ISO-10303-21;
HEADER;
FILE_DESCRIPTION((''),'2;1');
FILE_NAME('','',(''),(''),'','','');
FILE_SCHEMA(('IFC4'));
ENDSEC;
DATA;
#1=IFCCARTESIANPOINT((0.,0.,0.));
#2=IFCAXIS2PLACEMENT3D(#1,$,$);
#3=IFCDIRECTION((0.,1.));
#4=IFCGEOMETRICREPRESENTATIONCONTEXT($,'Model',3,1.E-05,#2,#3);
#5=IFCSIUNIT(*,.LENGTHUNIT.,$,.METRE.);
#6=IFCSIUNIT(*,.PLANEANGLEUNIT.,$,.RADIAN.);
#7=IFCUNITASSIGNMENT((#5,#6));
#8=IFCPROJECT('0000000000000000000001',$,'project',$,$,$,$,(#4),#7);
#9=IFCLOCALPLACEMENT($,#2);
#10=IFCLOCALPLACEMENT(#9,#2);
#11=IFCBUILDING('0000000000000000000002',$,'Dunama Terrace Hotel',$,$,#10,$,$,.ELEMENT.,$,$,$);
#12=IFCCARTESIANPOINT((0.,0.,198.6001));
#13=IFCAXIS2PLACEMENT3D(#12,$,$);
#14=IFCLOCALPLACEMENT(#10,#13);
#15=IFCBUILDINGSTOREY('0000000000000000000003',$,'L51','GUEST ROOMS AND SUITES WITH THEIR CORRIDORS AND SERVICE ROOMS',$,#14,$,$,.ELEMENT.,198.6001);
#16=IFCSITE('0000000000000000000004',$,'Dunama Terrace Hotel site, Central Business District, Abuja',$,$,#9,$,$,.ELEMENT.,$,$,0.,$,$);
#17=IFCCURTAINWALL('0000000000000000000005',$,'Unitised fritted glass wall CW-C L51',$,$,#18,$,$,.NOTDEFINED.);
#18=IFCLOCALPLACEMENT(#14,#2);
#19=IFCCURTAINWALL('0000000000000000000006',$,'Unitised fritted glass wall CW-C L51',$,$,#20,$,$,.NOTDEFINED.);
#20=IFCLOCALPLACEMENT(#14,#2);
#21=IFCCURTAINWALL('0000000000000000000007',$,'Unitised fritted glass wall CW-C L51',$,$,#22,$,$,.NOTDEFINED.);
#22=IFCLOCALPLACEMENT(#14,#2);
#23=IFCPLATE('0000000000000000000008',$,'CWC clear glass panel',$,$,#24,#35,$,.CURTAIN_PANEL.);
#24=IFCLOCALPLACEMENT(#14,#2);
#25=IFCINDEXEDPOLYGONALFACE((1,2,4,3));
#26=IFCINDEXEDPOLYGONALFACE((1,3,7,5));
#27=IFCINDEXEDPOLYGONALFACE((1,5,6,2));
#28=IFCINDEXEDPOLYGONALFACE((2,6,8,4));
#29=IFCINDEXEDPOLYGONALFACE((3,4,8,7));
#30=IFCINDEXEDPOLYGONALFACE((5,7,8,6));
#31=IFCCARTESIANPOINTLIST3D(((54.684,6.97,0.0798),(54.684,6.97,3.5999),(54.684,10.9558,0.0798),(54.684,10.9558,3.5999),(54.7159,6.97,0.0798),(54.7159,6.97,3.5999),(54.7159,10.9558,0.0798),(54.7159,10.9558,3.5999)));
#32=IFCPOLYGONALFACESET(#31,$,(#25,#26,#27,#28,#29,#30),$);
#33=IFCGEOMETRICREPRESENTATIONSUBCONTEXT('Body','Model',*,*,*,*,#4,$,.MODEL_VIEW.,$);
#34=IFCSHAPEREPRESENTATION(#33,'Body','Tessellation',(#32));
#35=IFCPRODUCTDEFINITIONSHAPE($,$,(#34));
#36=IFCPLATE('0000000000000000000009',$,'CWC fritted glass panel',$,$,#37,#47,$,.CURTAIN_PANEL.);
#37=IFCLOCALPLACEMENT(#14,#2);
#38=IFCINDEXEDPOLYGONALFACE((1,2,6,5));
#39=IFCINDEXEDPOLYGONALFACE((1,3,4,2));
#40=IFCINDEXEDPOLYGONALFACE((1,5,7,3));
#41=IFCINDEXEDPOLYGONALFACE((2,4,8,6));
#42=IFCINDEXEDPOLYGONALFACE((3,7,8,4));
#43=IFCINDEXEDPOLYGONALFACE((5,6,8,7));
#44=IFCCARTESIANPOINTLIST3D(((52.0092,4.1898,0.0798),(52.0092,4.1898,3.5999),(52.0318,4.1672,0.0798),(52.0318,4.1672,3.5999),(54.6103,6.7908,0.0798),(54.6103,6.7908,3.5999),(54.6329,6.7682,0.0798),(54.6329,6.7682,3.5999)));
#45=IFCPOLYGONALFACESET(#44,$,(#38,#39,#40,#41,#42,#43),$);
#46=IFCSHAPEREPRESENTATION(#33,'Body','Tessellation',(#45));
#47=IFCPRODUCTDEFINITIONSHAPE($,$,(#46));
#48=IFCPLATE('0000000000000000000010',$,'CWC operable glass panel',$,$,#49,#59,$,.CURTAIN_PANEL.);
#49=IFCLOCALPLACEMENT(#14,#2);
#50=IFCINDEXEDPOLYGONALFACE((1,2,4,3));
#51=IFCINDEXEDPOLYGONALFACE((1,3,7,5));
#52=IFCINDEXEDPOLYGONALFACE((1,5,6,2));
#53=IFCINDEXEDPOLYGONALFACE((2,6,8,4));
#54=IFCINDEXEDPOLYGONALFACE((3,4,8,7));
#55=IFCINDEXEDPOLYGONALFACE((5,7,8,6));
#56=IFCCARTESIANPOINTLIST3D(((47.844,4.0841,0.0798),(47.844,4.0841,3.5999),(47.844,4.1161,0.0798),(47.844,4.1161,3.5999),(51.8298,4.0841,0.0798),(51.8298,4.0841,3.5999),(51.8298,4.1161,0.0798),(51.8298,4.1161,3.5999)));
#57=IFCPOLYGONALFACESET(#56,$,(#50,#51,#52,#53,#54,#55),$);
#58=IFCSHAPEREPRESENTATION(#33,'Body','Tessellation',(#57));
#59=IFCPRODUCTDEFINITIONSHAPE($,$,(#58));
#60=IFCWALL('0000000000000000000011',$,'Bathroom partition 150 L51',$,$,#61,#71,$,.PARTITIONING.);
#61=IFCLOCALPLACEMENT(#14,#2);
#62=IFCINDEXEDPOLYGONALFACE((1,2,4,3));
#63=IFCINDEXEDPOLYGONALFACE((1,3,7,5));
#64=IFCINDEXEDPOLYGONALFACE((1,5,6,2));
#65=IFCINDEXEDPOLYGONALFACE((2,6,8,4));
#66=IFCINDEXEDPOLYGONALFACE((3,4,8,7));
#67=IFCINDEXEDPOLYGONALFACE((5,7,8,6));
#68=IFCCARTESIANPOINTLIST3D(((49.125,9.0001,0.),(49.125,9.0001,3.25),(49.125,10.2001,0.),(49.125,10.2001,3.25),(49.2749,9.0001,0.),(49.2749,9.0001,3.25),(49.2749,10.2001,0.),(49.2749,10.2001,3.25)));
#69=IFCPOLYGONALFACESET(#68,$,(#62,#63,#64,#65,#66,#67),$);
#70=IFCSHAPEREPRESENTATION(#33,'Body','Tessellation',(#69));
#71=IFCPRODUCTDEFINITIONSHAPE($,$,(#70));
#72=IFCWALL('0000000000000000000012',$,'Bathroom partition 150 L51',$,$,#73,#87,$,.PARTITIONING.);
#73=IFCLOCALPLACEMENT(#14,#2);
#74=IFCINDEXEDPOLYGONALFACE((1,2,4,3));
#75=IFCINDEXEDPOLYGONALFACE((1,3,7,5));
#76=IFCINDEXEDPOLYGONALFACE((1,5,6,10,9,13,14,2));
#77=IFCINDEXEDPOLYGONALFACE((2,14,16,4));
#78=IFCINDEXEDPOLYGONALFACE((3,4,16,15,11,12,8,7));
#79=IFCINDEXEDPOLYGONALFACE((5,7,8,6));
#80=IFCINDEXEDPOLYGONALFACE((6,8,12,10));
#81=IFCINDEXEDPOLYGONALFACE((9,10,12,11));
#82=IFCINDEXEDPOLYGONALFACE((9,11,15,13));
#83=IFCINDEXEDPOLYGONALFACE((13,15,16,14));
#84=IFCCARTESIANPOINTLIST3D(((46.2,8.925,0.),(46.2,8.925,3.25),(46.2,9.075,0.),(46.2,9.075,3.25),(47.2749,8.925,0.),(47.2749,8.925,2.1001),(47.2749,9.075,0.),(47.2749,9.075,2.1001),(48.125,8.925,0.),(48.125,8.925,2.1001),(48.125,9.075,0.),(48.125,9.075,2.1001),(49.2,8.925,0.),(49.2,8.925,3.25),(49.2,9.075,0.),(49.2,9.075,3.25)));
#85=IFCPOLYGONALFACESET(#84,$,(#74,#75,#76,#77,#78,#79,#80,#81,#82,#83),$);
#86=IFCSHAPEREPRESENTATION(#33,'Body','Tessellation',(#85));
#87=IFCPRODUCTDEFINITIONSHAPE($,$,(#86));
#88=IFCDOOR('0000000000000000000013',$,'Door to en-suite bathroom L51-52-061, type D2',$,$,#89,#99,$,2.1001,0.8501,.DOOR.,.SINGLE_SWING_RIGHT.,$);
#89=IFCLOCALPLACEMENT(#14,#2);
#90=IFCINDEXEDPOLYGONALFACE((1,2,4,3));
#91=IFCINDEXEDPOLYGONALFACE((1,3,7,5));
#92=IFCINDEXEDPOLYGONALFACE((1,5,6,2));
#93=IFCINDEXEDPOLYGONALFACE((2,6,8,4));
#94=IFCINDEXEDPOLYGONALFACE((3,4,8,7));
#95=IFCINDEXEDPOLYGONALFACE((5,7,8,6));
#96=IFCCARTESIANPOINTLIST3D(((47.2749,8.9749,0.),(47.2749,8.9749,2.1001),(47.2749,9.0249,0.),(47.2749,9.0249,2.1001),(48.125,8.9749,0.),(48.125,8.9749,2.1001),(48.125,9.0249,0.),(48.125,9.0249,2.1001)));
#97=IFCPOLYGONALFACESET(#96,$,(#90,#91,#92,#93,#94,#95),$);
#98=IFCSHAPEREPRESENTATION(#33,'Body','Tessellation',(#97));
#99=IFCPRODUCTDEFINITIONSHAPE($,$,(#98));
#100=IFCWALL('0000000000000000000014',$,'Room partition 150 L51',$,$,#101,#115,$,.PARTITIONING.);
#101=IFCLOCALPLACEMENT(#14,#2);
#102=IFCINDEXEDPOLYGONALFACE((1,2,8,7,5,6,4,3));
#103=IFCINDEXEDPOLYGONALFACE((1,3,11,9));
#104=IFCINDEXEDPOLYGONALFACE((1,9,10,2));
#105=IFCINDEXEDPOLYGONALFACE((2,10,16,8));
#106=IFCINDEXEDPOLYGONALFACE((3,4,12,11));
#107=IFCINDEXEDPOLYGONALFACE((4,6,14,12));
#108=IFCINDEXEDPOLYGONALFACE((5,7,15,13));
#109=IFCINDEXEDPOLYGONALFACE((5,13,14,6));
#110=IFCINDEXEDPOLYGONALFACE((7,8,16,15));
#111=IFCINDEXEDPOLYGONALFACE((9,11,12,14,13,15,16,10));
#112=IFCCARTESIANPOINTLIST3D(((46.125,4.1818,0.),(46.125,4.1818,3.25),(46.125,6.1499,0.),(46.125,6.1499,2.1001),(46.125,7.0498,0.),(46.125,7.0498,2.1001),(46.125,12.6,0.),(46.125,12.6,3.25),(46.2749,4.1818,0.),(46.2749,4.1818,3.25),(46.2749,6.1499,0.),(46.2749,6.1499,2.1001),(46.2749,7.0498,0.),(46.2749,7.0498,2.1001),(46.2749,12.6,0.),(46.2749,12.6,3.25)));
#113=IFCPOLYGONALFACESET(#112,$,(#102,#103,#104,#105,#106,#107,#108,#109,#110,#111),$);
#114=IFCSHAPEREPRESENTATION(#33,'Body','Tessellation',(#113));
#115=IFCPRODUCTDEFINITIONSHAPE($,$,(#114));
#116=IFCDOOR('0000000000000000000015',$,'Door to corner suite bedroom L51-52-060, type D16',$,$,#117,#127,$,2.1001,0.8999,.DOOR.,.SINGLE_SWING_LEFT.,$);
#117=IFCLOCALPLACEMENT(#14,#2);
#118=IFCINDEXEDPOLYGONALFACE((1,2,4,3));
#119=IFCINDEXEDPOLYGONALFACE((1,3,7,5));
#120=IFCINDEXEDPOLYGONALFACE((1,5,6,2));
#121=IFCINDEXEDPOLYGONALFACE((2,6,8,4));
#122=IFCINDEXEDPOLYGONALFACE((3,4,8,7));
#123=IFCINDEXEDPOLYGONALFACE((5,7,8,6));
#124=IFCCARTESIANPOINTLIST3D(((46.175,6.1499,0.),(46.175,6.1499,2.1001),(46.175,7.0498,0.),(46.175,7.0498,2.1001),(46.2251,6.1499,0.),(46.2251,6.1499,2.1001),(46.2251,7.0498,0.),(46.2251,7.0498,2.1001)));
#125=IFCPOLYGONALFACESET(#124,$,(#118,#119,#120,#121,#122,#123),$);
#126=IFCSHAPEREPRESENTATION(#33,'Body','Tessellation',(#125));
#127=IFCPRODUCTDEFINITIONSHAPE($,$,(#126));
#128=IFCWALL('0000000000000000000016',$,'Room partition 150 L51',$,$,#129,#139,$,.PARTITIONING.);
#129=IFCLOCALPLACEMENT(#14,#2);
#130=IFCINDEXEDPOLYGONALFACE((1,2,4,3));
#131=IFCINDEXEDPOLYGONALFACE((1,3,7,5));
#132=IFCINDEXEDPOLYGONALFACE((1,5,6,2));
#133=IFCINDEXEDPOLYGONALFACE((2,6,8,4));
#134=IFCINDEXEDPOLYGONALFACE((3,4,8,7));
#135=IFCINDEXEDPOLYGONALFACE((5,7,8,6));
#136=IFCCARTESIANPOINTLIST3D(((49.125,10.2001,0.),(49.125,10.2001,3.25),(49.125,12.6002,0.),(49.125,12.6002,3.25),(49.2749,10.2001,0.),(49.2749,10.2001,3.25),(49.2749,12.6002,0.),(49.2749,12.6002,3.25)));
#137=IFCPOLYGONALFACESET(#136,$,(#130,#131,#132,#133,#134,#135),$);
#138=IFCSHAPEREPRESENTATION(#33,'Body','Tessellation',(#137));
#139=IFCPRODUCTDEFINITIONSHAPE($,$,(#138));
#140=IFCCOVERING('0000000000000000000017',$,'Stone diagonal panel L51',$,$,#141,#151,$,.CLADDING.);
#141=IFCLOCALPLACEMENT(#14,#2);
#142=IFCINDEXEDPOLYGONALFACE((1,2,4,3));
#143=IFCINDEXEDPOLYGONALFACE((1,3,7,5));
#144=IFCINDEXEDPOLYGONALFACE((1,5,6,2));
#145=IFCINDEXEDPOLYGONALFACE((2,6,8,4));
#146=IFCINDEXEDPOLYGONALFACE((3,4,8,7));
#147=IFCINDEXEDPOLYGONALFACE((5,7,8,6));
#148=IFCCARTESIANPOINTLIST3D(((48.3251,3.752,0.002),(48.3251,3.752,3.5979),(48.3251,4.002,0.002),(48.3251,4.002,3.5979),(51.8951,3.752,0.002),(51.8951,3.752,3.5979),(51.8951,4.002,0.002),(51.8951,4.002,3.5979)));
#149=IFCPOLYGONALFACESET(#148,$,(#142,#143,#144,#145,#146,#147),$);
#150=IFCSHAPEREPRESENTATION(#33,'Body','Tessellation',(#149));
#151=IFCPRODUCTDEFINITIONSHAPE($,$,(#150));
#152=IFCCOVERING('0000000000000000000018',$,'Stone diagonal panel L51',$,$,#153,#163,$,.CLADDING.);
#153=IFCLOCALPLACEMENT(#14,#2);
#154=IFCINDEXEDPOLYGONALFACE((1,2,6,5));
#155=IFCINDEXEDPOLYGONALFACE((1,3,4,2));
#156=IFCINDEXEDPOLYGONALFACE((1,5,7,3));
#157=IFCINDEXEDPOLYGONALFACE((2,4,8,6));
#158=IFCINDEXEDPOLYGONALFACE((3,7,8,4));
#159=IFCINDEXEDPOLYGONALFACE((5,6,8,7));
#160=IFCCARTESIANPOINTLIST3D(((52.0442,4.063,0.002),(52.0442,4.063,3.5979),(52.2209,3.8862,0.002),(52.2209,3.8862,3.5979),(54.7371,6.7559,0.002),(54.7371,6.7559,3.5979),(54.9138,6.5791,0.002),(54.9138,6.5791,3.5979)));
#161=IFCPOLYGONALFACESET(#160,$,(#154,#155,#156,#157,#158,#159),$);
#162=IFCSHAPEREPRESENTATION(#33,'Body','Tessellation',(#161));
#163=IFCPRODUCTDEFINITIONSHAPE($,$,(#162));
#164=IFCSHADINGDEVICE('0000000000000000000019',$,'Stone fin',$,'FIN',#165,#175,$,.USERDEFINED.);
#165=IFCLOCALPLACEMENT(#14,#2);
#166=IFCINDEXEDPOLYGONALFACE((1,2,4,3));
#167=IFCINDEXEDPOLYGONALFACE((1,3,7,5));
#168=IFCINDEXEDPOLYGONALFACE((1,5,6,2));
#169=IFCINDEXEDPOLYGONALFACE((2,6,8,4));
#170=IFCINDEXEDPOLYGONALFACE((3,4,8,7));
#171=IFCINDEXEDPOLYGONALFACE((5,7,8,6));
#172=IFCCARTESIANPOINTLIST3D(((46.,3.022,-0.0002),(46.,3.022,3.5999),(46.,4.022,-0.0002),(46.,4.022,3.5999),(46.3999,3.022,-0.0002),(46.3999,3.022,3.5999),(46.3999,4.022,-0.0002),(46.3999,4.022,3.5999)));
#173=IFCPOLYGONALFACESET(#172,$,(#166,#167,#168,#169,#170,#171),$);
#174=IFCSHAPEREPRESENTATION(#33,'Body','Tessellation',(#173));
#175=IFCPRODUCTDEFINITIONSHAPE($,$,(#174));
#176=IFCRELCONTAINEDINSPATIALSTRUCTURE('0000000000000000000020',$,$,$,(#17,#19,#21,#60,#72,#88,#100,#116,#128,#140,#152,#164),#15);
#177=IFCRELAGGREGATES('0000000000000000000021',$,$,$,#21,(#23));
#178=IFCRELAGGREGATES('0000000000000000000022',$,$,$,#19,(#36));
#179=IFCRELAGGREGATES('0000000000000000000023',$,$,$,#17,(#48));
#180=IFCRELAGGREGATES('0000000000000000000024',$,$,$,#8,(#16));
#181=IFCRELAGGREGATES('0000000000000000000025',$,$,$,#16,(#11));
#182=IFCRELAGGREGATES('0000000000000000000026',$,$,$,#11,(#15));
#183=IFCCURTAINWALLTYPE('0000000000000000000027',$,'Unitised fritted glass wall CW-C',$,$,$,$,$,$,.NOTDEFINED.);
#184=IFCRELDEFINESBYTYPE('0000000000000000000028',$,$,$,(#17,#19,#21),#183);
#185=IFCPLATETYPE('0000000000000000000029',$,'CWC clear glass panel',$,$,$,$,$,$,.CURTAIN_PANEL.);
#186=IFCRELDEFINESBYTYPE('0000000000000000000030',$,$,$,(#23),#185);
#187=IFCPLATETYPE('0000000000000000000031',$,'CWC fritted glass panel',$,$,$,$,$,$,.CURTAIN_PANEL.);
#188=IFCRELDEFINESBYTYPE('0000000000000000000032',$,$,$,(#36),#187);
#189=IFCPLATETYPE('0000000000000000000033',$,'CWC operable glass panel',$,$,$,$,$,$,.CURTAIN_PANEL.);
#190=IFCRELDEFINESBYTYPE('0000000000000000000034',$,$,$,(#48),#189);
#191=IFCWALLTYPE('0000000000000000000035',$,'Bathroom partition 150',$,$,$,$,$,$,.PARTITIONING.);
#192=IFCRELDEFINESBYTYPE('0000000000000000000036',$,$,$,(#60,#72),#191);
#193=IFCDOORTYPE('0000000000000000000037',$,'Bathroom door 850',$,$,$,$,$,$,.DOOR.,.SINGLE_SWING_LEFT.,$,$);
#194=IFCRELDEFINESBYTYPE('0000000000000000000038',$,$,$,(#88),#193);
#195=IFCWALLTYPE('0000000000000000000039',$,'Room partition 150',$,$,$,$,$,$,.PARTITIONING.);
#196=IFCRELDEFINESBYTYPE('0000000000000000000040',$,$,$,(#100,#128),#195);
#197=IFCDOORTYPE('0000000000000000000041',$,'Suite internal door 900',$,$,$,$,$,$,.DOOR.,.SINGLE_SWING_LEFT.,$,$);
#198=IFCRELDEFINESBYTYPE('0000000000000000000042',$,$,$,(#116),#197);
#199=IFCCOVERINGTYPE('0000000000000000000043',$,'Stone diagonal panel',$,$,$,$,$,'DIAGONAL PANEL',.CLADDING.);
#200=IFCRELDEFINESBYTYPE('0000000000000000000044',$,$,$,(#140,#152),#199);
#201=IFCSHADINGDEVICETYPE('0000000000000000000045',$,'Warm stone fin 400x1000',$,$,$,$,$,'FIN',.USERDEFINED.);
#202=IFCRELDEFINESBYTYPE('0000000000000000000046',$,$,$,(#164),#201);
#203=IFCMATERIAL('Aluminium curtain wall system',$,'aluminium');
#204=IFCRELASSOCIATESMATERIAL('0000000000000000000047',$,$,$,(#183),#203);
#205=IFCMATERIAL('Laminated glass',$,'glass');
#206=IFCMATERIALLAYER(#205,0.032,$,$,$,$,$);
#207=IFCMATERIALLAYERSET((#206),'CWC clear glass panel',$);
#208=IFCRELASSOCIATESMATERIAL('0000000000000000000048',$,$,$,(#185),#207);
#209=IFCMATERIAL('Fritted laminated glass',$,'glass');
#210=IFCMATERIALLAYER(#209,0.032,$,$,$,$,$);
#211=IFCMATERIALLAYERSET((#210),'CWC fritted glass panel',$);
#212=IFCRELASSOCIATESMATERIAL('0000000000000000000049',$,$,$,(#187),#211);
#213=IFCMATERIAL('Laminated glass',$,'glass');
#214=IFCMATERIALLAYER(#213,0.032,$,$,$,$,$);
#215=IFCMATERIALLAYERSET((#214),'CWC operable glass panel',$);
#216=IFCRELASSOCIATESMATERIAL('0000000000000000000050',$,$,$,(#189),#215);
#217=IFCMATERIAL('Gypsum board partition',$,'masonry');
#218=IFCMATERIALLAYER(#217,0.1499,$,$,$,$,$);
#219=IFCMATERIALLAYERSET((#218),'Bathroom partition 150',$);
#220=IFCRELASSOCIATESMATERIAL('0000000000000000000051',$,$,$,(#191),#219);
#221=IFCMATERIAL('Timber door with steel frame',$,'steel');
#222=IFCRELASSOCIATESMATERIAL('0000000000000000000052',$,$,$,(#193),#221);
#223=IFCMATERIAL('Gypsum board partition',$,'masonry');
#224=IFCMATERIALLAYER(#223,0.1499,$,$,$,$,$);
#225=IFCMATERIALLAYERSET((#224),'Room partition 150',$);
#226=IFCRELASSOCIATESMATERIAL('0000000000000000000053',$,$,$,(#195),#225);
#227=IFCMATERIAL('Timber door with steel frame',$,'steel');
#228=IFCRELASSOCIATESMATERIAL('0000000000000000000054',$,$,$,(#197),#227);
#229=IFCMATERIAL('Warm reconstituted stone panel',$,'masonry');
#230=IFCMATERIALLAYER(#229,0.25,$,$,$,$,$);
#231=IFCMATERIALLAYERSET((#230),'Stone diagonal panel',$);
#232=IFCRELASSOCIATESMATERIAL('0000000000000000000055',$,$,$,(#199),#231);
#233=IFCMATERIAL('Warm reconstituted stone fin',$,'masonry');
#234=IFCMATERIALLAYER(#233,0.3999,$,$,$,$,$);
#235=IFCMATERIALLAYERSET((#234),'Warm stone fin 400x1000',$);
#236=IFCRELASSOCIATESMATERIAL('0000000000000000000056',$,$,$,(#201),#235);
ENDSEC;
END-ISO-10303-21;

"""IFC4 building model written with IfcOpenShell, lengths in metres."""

from ifc_helpers import new_model, si_unit, direction, frame, frame_2d, origin, origin_2d, place, context, subcontext, project, spatial, rectangle, extrude, material, layer, layer_set, type_object, element, fill, aggregate, save


model = new_model("IFC4")

# Units and contexts
model_context = context("Model", 3, precision=1e-05, world=origin(), true_north=direction((0.0, 1.0)))
body_context = subcontext(model_context, "Body", "Model", "MODEL_VIEW")
ifc_project = project(units=[si_unit("LENGTHUNIT", "METRE"), si_unit("PLANEANGLEUNIT", "RADIAN")], contexts=[model_context])

# Site, building, storey
site_placement = place(None, origin())
site = spatial("IfcSite", under=ifc_project, at=site_placement, Name="Dunama Terrace Hotel site, Central Business District, Abuja", CompositionType="ELEMENT", RefElevation=0.0)
building_placement = place(site_placement, origin())
building = spatial("IfcBuilding", under=site, at=building_placement, Name="Dunama Terrace Hotel", CompositionType="ELEMENT")
storey_placement = place(building_placement, frame((0.0, 0.0, 198.6001)))
storey = spatial("IfcBuildingStorey", under=building, at=storey_placement, Name="L51", Description="GUEST ROOMS AND SUITES WITH THEIR CORRIDORS AND SERVICE ROOMS", CompositionType="ELEMENT", Elevation=198.6001)

# Curtain walls
ifc_material_1 = material(Name="Aluminium curtain wall system", Category="aluminium")
curtain_wall_type = type_object("IfcCurtainWallType", Name="Unitised fritted glass wall CW-C", PredefinedType="NOTDEFINED", material=ifc_material_1)
curtain_wall_1_placement = place(storey_placement, origin())
curtain_wall_1 = element("IfcCurtainWall", 1, at=curtain_wall_1_placement, inside=storey, type_object=curtain_wall_type, Name="Unitised fritted glass wall CW-C L51", PredefinedType="NOTDEFINED")
curtain_wall_2_placement = place(storey_placement, origin())
curtain_wall_2 = element("IfcCurtainWall", 2, at=curtain_wall_2_placement, inside=storey, type_object=curtain_wall_type, Name="Unitised fritted glass wall CW-C L51", PredefinedType="NOTDEFINED")

# Curtain wall
curtain_wall_3_placement = place(storey_placement, origin())
curtain_wall_3 = element("IfcCurtainWall", 3, at=curtain_wall_3_placement, inside=storey, type_object=curtain_wall_type, Name="Unitised fritted glass wall CW-C L51", PredefinedType="NOTDEFINED")

# Plates
ifc_material_2 = material(Name="Laminated glass", Category="glass")
ifc_layer_1 = layer(ifc_material_2, 0.032)
ifc_layer_set_1 = layer_set([ifc_layer_1], Name="CWC clear glass panel")
plate_type_1 = type_object("IfcPlateType", Name="CWC clear glass panel", PredefinedType="CURTAIN_PANEL", material=ifc_layer_set_1)
plate_1_placement = place(storey_placement, frame((54.7, 8.9629, 0.0798), z_axis=(0.0, 0.0, 1.0), x_axis=(0.0, 1.0, 0.0)))
plate_1 = element("IfcPlate", 4, at=plate_1_placement, type_object=plate_type_1, Name="CWC clear glass panel", PredefinedType="CURTAIN_PANEL", context=body_context, shape_type="SweptSolid", body=[
    extrude(rectangle(XDim=3.9858, YDim=0.032, at=origin_2d()), origin(), (0.0, 0.0, 1.0), 3.52),
])
aggregate(curtain_wall_3, [plate_1])
ifc_material_3 = material(Name="Fritted laminated glass", Category="glass")
ifc_layer_2 = layer(ifc_material_3, 0.032)
ifc_layer_set_2 = layer_set([ifc_layer_2], Name="CWC fritted glass panel")
plate_type_2 = type_object("IfcPlateType", Name="CWC fritted glass panel", PredefinedType="CURTAIN_PANEL", material=ifc_layer_set_2)
plate_2_placement = place(storey_placement, frame((53.321, 5.479, 0.0798), z_axis=(0.0, 0.0, 1.0), x_axis=(0.707107, 0.707107, 0.0)))
plate_2 = element("IfcPlate", 5, at=plate_2_placement, type_object=plate_type_2, Name="CWC fritted glass panel", PredefinedType="CURTAIN_PANEL", context=body_context, shape_type="SweptSolid", body=[
    extrude(rectangle(XDim=3.6785, YDim=0.032, at=origin_2d()), origin(), (0.0, 0.0, 1.0), 3.52),
])
aggregate(curtain_wall_2, [plate_2])
ifc_material_4 = material(Name="Laminated glass", Category="glass")
ifc_layer_3 = layer(ifc_material_4, 0.032)
ifc_layer_set_3 = layer_set([ifc_layer_3], Name="CWC operable glass panel")
plate_type_3 = type_object("IfcPlateType", Name="CWC operable glass panel", PredefinedType="CURTAIN_PANEL", material=ifc_layer_set_3)
plate_3_placement = place(storey_placement, frame((49.8369, 4.1001, 0.0798), z_axis=(0.0, 0.0, 1.0), x_axis=(1.0, 0.0, 0.0)))
plate_3 = element("IfcPlate", 6, at=plate_3_placement, type_object=plate_type_3, Name="CWC operable glass panel", PredefinedType="CURTAIN_PANEL", context=body_context, shape_type="SweptSolid", body=[
    extrude(rectangle(XDim=3.9858, YDim=0.032, at=origin_2d()), origin(), (0.0, 0.0, 1.0), 3.52),
])
aggregate(curtain_wall_1, [plate_3])

# Wall
ifc_material_5 = material(Name="Gypsum board partition", Category="masonry")
ifc_layer_4 = layer(ifc_material_5, 0.1499)
ifc_layer_set_4 = layer_set([ifc_layer_4], Name="Bathroom partition 150")
wall_type_1 = type_object("IfcWallType", Name="Bathroom partition 150", PredefinedType="PARTITIONING", material=ifc_layer_set_4)
wall_1_placement = place(storey_placement, frame((49.2, 9.0, 0.0), z_axis=(0.0, 0.0, 1.0), x_axis=(0.0, 1.0, 0.0)))
element("IfcWall", 7, at=wall_1_placement, inside=storey, type_object=wall_type_1, Name="Bathroom partition 150 L51", PredefinedType="PARTITIONING", context=body_context, shape_type="SweptSolid", body=[
    extrude(rectangle(XDim=1.2, YDim=0.1499, at=frame_2d((0.6001, 0.0))), origin(), (0.0, 0.0, 1.0), 3.25),
])

# Walls, openings, doors
wall_2_placement = place(storey_placement, frame((46.2, 9.0, 0.0), z_axis=(0.0, 0.0, 1.0), x_axis=(1.0, 0.0, 0.0)))
wall_2 = element("IfcWall", 8, at=wall_2_placement, inside=storey, type_object=wall_type_1, Name="Bathroom partition 150 L51", PredefinedType="PARTITIONING", context=body_context, shape_type="SweptSolid", body=[
    extrude(rectangle(XDim=3.0, YDim=0.1499, at=frame_2d((1.5, 0.0))), origin(), (0.0, 0.0, 1.0), 3.25),
])
opening_1_placement = place(wall_2_placement, frame((1.075, 0.0, 0.0)))
opening_1 = element("IfcOpeningElement", 9, at=opening_1_placement, cuts=wall_2, PredefinedType="OPENING", context=body_context, shape_type="SweptSolid", body=[
    extrude(rectangle(XDim=0.8501, YDim=2.1001, at=frame_2d((0.425, 1.05))), frame((0.0, 0.085, 0.0), z_axis=(0.0, -1.0, 0.0), x_axis=(1.0, 0.0, 0.0)), (0.0, 0.0, 1.0), 0.1699),
])
ifc_material_6 = material(Name="Timber door with steel frame", Category="steel")
door_type_1 = type_object("IfcDoorType", Name="Bathroom door 850", OperationType="SINGLE_SWING_LEFT", PredefinedType="DOOR", material=ifc_material_6)
door_1_placement = place(opening_1_placement, origin())
door_1 = element("IfcDoor", 10, at=door_1_placement, inside=storey, type_object=door_type_1, Name="Door to en-suite bathroom L51-52-061, type D2", OperationType="SINGLE_SWING_RIGHT", OverallHeight=2.1001, OverallWidth=0.8501, PredefinedType="DOOR", context=body_context, shape_type="SweptSolid", body=[
    extrude(rectangle(XDim=0.8501, YDim=2.1001, at=frame_2d((0.425, 1.05))), frame((0.0, 0.0249, 0.0), z_axis=(0.0, -1.0, 0.0), x_axis=(1.0, 0.0, 0.0)), (0.0, 0.0, 1.0), 0.05),
])
fill(opening_1, door_1)
ifc_material_7 = material(Name="Gypsum board partition", Category="masonry")
ifc_layer_5 = layer(ifc_material_7, 0.1499)
ifc_layer_set_5 = layer_set([ifc_layer_5], Name="Room partition 150")
wall_type_2 = type_object("IfcWallType", Name="Room partition 150", PredefinedType="PARTITIONING", material=ifc_layer_set_5)
wall_3_placement = place(storey_placement, frame((46.2, 4.1819, 0.0), z_axis=(0.0, 0.0, 1.0), x_axis=(0.0, 1.0, 0.0)))
wall_3 = element("IfcWall", 11, at=wall_3_placement, inside=storey, type_object=wall_type_2, Name="Room partition 150 L51", PredefinedType="PARTITIONING", context=body_context, shape_type="SweptSolid", body=[
    extrude(rectangle(XDim=8.4182, YDim=0.1499, at=frame_2d((4.209, 0.0))), origin(), (0.0, 0.0, 1.0), 3.25),
])
opening_2_placement = place(wall_3_placement, frame((1.968, 0.0, 0.0)))
opening_2 = element("IfcOpeningElement", 12, at=opening_2_placement, cuts=wall_3, PredefinedType="OPENING", context=body_context, shape_type="SweptSolid", body=[
    extrude(rectangle(XDim=0.8999, YDim=2.1001, at=frame_2d((0.45, 1.05))), frame((0.0, 0.085, 0.0), z_axis=(0.0, -1.0, 0.0), x_axis=(1.0, 0.0, 0.0)), (0.0, 0.0, 1.0), 0.1699),
])
ifc_material_8 = material(Name="Timber door with steel frame", Category="steel")
door_type_2 = type_object("IfcDoorType", Name="Suite internal door 900", OperationType="SINGLE_SWING_LEFT", PredefinedType="DOOR", material=ifc_material_8)
door_2_placement = place(opening_2_placement, frame((0.8999, 0.0, 0.0), z_axis=(0.0, 0.0, 1.0), x_axis=(-1.0, 0.0, 0.0)))
door_2 = element("IfcDoor", 13, at=door_2_placement, inside=storey, type_object=door_type_2, Name="Door to corner suite bedroom L51-52-060, type D16", OperationType="SINGLE_SWING_LEFT", OverallHeight=2.1001, OverallWidth=0.8999, PredefinedType="DOOR", context=body_context, shape_type="SweptSolid", body=[
    extrude(rectangle(XDim=0.8999, YDim=2.1001, at=frame_2d((0.45, 1.05))), frame((0.0, 0.0251, 0.0), z_axis=(0.0, -1.0, 0.0), x_axis=(1.0, 0.0, 0.0)), (0.0, 0.0, 1.0), 0.05),
])
fill(opening_2, door_2)

# Wall
wall_4_placement = place(storey_placement, frame((49.2, 10.2, 0.0), z_axis=(0.0, 0.0, 1.0), x_axis=(0.0, 1.0, 0.0)))
element("IfcWall", 14, at=wall_4_placement, inside=storey, type_object=wall_type_2, Name="Room partition 150 L51", PredefinedType="PARTITIONING", context=body_context, shape_type="SweptSolid", body=[
    extrude(rectangle(XDim=2.4001, YDim=0.1499, at=frame_2d((1.2002, 0.0))), origin(), (0.0, 0.0, 1.0), 3.25),
])

# Coverings
ifc_material_9 = material(Name="Warm reconstituted stone panel", Category="masonry")
ifc_layer_6 = layer(ifc_material_9, 0.25)
ifc_layer_set_6 = layer_set([ifc_layer_6], Name="Stone diagonal panel")
covering_type = type_object("IfcCoveringType", Name="Stone diagonal panel", ElementType="DIAGONAL PANEL", PredefinedType="CLADDING", material=ifc_layer_set_6)
covering_1_placement = place(storey_placement, frame((50.1101, 3.877, 0.002), z_axis=(0.0, 0.0, 1.0), x_axis=(1.0, 0.0, 0.0)))
element("IfcCovering", 15, at=covering_1_placement, inside=storey, type_object=covering_type, Name="Stone diagonal panel L51", PredefinedType="CLADDING", context=body_context, shape_type="SweptSolid", body=[
    extrude(rectangle(XDim=3.5701, YDim=0.25, at=origin_2d()), origin(), (0.0, 0.0, 1.0), 3.5959),
])
covering_2_placement = place(storey_placement, frame((53.479, 5.321, 0.002), z_axis=(0.0, 0.0, 1.0), x_axis=(0.707107, 0.707107, 0.0)))
element("IfcCovering", 16, at=covering_2_placement, inside=storey, type_object=covering_type, Name="Stone diagonal panel L51", PredefinedType="CLADDING", context=body_context, shape_type="SweptSolid", body=[
    extrude(rectangle(XDim=3.8083, YDim=0.25, at=origin_2d()), origin(), (0.0, 0.0, 1.0), 3.5959),
])

# Shading device
ifc_material_10 = material(Name="Warm reconstituted stone fin", Category="masonry")
ifc_layer_7 = layer(ifc_material_10, 0.3999)
ifc_layer_set_7 = layer_set([ifc_layer_7], Name="Warm stone fin 400x1000")
shading_device_type = type_object("IfcShadingDeviceType", Name="Warm stone fin 400x1000", ElementType="FIN", PredefinedType="USERDEFINED", material=ifc_layer_set_7)
for number, where, z_axis, x_axis, name in (
    (17, (46.2, 3.522, -0.0002), (0.0, 0.0, 1.0), (1.0, 0.0, 0.0), "Stone fin"),
):
    element("IfcShadingDevice", number, at=place(storey_placement, frame(where, z_axis=z_axis, x_axis=x_axis)), inside=storey, type_object=shading_device_type, Name=name, ObjectType="FIN", PredefinedType="USERDEFINED", context=body_context, shape_type="SweptSolid", body=[
        extrude(rectangle(XDim=0.3999, YDim=1.0, at=origin_2d()), origin(), (0.0, 0.0, 1.0), 3.6001),
    ])

save(model, "model.ifc")
